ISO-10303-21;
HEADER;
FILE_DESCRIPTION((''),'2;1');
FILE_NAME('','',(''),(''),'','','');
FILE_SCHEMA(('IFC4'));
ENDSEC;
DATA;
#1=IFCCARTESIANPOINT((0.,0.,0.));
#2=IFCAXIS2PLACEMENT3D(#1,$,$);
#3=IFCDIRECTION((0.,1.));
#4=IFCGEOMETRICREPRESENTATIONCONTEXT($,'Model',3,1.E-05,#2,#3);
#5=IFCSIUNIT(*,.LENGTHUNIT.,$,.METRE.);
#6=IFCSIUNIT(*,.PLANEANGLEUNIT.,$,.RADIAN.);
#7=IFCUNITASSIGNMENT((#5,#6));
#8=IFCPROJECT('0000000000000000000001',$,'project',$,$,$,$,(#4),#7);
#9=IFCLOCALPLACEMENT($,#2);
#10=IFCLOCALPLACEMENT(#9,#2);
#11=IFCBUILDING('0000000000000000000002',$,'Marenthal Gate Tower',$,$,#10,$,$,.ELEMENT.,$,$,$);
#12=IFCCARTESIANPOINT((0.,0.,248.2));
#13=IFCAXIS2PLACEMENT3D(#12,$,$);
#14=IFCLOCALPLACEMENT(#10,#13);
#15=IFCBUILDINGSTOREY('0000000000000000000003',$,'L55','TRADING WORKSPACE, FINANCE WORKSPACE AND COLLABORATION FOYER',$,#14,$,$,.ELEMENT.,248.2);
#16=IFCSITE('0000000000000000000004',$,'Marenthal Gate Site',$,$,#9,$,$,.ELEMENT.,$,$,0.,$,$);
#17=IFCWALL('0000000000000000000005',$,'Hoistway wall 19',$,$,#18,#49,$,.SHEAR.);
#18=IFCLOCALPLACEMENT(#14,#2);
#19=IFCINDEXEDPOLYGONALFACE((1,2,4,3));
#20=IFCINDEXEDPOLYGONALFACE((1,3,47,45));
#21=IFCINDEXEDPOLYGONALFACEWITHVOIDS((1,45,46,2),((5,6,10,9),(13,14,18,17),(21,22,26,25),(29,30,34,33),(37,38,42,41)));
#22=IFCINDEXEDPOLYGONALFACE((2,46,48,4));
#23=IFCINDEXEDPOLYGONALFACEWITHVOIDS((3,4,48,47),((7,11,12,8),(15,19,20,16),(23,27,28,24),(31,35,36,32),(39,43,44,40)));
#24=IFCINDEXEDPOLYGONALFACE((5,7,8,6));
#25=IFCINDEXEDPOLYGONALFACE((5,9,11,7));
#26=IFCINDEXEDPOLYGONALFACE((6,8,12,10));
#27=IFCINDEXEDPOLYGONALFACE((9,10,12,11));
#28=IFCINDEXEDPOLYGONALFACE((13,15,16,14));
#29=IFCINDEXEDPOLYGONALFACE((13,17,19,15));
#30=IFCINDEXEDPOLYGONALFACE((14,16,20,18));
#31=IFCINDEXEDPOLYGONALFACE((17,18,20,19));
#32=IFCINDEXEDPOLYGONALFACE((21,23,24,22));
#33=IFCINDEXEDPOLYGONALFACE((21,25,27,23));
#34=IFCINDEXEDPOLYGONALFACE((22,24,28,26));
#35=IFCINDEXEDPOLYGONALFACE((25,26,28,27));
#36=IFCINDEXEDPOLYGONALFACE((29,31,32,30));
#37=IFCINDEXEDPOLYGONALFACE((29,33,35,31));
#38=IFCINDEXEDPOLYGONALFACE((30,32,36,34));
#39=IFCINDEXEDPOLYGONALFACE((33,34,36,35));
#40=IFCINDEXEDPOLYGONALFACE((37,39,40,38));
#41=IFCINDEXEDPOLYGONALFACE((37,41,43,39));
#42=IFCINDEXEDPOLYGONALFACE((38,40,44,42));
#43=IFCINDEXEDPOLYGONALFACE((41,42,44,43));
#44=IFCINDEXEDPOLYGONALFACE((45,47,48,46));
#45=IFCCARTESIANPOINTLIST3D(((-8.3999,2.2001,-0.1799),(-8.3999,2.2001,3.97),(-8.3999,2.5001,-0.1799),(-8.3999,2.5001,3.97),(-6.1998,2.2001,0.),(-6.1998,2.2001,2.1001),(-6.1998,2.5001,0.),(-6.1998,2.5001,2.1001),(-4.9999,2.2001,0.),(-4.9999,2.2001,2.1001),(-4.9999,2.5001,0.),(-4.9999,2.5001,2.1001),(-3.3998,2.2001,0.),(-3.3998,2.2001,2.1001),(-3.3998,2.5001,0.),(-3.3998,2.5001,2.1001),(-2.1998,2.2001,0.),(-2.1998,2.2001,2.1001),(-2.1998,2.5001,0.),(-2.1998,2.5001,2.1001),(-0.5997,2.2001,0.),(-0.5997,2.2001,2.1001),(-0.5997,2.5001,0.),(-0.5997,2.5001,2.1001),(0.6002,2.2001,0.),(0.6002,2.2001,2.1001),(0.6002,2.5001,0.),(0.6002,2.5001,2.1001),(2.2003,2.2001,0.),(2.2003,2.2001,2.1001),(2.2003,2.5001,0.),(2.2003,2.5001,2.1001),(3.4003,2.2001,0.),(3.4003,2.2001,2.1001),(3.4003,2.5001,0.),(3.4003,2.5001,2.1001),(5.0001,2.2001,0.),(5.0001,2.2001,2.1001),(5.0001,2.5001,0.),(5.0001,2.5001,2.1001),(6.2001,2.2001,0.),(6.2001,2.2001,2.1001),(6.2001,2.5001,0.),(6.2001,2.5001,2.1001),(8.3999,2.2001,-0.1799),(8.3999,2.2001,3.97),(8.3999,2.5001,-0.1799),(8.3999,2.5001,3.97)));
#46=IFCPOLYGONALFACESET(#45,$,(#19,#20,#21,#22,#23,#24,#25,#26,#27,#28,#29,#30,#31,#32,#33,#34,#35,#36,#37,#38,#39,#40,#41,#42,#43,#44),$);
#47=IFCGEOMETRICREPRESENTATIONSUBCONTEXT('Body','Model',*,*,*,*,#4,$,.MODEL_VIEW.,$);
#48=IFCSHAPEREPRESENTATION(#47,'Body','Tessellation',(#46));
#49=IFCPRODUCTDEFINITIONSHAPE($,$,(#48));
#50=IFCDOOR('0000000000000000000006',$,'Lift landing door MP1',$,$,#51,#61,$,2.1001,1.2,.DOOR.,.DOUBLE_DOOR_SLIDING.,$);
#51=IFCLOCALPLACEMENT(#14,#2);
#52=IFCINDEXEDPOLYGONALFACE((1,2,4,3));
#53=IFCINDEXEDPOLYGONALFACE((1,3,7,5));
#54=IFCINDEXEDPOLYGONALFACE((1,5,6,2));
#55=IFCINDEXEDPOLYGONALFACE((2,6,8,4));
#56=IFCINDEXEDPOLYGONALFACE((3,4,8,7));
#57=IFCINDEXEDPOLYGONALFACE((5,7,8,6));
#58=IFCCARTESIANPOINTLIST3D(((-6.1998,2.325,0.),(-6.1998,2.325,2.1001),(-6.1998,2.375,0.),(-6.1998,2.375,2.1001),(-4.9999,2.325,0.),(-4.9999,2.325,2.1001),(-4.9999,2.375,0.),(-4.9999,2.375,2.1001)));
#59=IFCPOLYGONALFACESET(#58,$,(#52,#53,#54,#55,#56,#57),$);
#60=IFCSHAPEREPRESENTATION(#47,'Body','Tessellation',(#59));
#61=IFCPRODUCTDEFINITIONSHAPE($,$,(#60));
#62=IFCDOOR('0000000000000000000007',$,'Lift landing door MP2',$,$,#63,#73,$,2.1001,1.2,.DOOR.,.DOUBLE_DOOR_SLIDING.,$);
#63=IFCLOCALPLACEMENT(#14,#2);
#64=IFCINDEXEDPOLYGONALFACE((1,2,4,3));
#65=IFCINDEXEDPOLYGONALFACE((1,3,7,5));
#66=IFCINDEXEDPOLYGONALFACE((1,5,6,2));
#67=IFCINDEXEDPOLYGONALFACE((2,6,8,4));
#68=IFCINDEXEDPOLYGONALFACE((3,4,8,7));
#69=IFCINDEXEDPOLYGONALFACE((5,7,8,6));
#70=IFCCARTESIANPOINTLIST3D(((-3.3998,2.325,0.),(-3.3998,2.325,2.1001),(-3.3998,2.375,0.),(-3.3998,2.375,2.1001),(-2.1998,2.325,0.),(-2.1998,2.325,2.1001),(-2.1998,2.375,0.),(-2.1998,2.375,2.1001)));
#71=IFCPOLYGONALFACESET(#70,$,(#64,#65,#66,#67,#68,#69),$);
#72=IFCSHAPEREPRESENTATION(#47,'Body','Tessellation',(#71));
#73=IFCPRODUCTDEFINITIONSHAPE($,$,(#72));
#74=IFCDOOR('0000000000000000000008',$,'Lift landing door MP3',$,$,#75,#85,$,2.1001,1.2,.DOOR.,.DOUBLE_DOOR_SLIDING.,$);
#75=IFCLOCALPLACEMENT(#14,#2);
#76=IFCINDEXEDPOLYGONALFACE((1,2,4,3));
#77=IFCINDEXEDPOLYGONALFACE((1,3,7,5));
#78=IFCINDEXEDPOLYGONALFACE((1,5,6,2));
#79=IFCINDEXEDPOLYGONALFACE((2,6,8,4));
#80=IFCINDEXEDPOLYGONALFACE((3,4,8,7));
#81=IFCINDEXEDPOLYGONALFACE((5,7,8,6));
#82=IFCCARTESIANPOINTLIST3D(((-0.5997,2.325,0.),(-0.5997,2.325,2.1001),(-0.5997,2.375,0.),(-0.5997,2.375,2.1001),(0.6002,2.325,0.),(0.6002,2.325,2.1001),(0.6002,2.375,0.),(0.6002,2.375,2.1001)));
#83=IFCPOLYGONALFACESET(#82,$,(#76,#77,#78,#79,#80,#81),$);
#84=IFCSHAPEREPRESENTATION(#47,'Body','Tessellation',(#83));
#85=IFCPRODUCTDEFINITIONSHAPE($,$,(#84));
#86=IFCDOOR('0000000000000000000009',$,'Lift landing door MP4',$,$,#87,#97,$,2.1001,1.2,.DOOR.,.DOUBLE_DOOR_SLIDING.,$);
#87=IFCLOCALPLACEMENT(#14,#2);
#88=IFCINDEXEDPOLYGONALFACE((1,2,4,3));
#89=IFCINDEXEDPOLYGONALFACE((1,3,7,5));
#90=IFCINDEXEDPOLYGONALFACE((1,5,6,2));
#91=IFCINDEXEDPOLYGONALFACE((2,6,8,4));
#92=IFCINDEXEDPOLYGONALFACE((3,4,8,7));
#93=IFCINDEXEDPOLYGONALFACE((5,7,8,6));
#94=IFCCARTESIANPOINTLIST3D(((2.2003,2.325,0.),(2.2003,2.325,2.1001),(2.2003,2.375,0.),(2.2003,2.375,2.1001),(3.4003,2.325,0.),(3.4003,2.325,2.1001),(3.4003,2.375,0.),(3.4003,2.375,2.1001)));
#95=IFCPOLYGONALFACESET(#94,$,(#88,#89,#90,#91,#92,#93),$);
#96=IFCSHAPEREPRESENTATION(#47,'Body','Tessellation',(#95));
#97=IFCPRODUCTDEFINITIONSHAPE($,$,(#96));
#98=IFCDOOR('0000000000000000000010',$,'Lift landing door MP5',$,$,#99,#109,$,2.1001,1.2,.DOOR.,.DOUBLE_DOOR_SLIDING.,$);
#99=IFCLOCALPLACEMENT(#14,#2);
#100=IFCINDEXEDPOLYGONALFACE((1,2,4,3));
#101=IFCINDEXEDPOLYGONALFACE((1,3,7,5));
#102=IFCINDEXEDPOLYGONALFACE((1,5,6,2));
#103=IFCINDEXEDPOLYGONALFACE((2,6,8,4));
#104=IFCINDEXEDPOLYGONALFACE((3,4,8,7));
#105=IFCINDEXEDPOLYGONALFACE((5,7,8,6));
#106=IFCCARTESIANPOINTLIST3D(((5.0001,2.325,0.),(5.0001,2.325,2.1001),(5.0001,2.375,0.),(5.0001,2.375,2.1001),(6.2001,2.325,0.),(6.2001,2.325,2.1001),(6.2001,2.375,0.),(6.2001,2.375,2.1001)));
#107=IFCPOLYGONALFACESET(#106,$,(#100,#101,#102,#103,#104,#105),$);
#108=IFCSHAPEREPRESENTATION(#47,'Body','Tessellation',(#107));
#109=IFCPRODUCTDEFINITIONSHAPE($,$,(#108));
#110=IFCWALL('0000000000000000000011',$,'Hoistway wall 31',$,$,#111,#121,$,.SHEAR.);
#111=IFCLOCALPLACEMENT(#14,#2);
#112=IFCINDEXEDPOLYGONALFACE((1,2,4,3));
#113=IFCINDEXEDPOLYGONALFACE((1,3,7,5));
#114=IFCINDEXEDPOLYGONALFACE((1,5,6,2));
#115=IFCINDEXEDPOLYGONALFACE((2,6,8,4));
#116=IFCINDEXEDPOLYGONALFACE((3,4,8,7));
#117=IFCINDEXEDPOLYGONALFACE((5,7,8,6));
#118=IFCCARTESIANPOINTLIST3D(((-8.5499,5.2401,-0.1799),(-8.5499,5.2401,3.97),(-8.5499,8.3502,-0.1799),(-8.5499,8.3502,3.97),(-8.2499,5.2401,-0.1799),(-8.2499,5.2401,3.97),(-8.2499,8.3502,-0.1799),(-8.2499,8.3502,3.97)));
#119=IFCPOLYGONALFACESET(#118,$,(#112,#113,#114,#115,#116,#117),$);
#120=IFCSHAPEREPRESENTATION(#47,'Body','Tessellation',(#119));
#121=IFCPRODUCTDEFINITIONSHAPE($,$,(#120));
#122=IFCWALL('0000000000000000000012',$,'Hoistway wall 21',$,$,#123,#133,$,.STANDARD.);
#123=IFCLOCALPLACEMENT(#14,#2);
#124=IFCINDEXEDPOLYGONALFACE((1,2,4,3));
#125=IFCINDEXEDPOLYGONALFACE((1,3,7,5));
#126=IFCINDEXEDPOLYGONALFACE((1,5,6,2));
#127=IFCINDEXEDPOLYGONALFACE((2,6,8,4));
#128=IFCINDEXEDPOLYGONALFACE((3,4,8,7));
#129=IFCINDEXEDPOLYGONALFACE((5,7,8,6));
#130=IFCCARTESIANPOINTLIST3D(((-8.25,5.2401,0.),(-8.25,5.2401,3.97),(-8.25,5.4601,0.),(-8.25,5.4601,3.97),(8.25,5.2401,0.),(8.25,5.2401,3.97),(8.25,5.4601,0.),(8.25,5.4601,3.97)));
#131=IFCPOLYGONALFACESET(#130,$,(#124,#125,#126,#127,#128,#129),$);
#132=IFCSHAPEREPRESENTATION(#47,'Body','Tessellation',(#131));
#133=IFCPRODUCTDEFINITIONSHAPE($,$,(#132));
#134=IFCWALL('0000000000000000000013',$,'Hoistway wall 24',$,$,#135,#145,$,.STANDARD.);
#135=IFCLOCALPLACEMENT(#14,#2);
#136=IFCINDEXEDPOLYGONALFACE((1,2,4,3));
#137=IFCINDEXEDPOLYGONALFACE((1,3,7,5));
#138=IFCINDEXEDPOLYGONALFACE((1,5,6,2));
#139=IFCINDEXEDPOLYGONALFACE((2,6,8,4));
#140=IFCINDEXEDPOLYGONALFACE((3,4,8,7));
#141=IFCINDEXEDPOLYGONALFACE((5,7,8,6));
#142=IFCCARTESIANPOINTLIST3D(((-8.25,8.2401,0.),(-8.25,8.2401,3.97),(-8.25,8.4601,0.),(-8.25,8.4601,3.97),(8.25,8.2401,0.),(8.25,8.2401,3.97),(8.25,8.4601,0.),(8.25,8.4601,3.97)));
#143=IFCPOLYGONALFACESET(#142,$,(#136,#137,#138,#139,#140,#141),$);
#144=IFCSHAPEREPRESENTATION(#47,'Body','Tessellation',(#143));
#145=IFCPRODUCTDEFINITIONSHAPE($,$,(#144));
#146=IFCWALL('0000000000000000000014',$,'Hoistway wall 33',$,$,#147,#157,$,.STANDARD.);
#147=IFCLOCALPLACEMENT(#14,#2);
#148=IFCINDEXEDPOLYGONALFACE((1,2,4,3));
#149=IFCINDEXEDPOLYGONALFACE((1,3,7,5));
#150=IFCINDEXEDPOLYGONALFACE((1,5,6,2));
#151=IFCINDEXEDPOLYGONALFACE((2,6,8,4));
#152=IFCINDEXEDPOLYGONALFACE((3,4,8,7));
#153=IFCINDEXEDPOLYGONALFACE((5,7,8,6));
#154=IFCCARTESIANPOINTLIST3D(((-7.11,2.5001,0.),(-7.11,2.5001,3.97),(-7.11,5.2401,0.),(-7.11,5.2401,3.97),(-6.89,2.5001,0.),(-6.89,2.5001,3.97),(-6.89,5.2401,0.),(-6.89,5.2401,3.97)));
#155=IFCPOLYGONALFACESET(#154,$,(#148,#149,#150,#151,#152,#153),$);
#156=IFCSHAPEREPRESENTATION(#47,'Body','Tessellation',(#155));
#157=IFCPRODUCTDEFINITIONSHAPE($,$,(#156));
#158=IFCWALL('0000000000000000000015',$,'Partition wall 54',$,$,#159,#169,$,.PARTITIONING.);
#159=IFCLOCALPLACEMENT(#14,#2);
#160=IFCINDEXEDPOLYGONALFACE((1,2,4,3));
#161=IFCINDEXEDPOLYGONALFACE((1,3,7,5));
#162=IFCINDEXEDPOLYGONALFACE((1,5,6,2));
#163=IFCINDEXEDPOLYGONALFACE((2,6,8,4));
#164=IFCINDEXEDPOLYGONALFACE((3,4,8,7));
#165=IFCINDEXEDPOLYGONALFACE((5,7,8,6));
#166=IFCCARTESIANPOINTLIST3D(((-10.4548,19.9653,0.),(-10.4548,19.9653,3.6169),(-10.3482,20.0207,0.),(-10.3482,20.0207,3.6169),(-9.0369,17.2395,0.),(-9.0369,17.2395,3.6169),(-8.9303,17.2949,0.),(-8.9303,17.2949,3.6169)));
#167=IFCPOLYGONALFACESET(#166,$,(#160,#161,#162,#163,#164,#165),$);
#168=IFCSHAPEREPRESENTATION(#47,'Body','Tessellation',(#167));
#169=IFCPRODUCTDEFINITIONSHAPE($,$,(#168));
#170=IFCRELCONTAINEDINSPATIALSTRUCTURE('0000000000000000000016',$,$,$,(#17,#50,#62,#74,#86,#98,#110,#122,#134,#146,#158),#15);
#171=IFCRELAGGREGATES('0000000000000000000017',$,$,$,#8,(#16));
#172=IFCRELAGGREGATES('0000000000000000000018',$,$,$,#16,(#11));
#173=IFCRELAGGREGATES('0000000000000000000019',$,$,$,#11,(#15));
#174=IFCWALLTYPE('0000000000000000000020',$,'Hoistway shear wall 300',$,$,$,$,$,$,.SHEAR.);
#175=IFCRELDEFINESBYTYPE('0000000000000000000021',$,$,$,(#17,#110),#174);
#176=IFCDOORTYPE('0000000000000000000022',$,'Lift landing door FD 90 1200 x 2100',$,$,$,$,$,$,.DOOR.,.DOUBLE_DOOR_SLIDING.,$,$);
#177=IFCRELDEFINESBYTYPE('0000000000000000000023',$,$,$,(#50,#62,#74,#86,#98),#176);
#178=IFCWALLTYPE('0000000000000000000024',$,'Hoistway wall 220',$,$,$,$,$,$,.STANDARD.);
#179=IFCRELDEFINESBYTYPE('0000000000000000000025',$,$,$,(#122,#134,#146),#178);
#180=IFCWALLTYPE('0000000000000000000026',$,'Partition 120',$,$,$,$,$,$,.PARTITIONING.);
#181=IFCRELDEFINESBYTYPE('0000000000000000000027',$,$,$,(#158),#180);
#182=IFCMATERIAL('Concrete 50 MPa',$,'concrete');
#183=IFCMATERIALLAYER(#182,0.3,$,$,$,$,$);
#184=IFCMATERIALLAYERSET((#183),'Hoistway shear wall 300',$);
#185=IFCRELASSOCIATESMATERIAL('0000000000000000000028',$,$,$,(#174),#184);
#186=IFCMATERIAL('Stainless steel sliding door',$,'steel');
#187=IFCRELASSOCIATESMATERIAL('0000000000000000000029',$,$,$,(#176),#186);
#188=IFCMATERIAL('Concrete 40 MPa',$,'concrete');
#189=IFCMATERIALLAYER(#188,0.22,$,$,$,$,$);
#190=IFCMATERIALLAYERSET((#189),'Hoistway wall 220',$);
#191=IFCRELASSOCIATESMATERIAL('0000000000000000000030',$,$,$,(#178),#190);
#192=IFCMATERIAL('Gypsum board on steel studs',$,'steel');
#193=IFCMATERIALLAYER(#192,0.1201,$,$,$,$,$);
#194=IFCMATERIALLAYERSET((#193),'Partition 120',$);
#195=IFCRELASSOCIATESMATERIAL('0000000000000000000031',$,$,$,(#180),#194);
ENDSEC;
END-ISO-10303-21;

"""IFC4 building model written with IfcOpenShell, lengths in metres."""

from ifc_helpers import new_model, si_unit, direction, frame, frame_2d, origin, place, context, subcontext, project, spatial, rectangle, extrude, material, layer, layer_set, type_object, element, fill, save


model = new_model("IFC4")

# Units and contexts
model_context = context("Model", 3, precision=1e-05, world=origin(), true_north=direction((0.0, 1.0)))
body_context = subcontext(model_context, "Body", "Model", "MODEL_VIEW")
ifc_project = project(units=[si_unit("LENGTHUNIT", "METRE"), si_unit("PLANEANGLEUNIT", "RADIAN")], contexts=[model_context])

# Site, building, storey
site_placement = place(None, origin())
site = spatial("IfcSite", under=ifc_project, at=site_placement, Name="Marenthal Gate Site", CompositionType="ELEMENT", RefElevation=0.0)
building_placement = place(site_placement, origin())
building = spatial("IfcBuilding", under=site, at=building_placement, Name="Marenthal Gate Tower", CompositionType="ELEMENT")
storey_placement = place(building_placement, frame((0.0, 0.0, 248.2)))
storey = spatial("IfcBuildingStorey", under=building, at=storey_placement, Name="L55", Description="TRADING WORKSPACE, FINANCE WORKSPACE AND COLLABORATION FOYER", CompositionType="ELEMENT", Elevation=248.2)

# Wall, openings, doors
ifc_material_1 = material(Name="Concrete 50 MPa", Category="concrete")
ifc_layer_1 = layer(ifc_material_1, 0.3)
ifc_layer_set_1 = layer_set([ifc_layer_1], Name="Hoistway shear wall 300")
wall_type_1 = type_object("IfcWallType", Name="Hoistway shear wall 300", PredefinedType="SHEAR", material=ifc_layer_set_1)
wall_1_placement = place(storey_placement, frame((-8.3999, 2.3501, -0.1799), z_axis=(0.0, 0.0, 1.0), x_axis=(1.0, 0.0, 0.0)))
wall_1 = element("IfcWall", 1, at=wall_1_placement, inside=storey, type_object=wall_type_1, Name="Hoistway wall 19", PredefinedType="SHEAR", context=body_context, shape_type="SweptSolid", body=[
    extrude(rectangle(XDim=16.7998, YDim=0.3, at=frame_2d((8.3999, 0.0))), origin(), (0.0, 0.0, 1.0), 4.1499),
])
opening_1_placement = place(wall_1_placement, frame((2.2, 0.0, 0.1799)))
opening_1 = element("IfcOpeningElement", 2, at=opening_1_placement, cuts=wall_1, PredefinedType="OPENING", context=body_context, shape_type="SweptSolid", body=[
    extrude(rectangle(XDim=1.2, YDim=2.1001, at=frame_2d((0.6001, 1.05))), frame((0.0, 0.1602, 0.0), z_axis=(0.0, -1.0, 0.0), x_axis=(1.0, 0.0, 0.0)), (0.0, 0.0, 1.0), 0.3201),
])
opening_2_placement = place(wall_1_placement, frame((5.0, 0.0, 0.1799)))
opening_2 = element("IfcOpeningElement", 3, at=opening_2_placement, cuts=wall_1, PredefinedType="OPENING", context=body_context, shape_type="SweptSolid", body=[
    extrude(rectangle(XDim=1.2, YDim=2.1001, at=frame_2d((0.6001, 1.05))), frame((0.0, 0.1602, 0.0), z_axis=(0.0, -1.0, 0.0), x_axis=(1.0, 0.0, 0.0)), (0.0, 0.0, 1.0), 0.3201),
])
opening_3_placement = place(wall_1_placement, frame((7.8, 0.0, 0.1799)))
opening_3 = element("IfcOpeningElement", 4, at=opening_3_placement, cuts=wall_1, PredefinedType="OPENING", context=body_context, shape_type="SweptSolid", body=[
    extrude(rectangle(XDim=1.2, YDim=2.1001, at=frame_2d((0.6001, 1.05))), frame((0.0, 0.1602, 0.0), z_axis=(0.0, -1.0, 0.0), x_axis=(1.0, 0.0, 0.0)), (0.0, 0.0, 1.0), 0.3201),
])
opening_4_placement = place(wall_1_placement, frame((10.6001, 0.0, 0.1799)))
opening_4 = element("IfcOpeningElement", 5, at=opening_4_placement, cuts=wall_1, PredefinedType="OPENING", context=body_context, shape_type="SweptSolid", body=[
    extrude(rectangle(XDim=1.2, YDim=2.1001, at=frame_2d((0.6001, 1.05))), frame((0.0, 0.1602, 0.0), z_axis=(0.0, -1.0, 0.0), x_axis=(1.0, 0.0, 0.0)), (0.0, 0.0, 1.0), 0.3201),
])
opening_5_placement = place(wall_1_placement, frame((13.3999, 0.0, 0.1799)))
opening_5 = element("IfcOpeningElement", 6, at=opening_5_placement, cuts=wall_1, PredefinedType="OPENING", context=body_context, shape_type="SweptSolid", body=[
    extrude(rectangle(XDim=1.2, YDim=2.1001, at=frame_2d((0.6001, 1.05))), frame((0.0, 0.1602, 0.0), z_axis=(0.0, -1.0, 0.0), x_axis=(1.0, 0.0, 0.0)), (0.0, 0.0, 1.0), 0.3201),
])
ifc_material_2 = material(Name="Stainless steel sliding door", Category="steel")
door_type = type_object("IfcDoorType", Name="Lift landing door FD 90 1200 x 2100", OperationType="DOUBLE_DOOR_SLIDING", PredefinedType="DOOR", material=ifc_material_2)
door_1_placement = place(opening_1_placement, origin())
door_1 = element("IfcDoor", 7, at=door_1_placement, inside=storey, type_object=door_type, Name="Lift landing door MP1", OperationType="DOUBLE_DOOR_SLIDING", OverallHeight=2.1001, OverallWidth=1.2, PredefinedType="DOOR", context=body_context, shape_type="SweptSolid", body=[
    extrude(rectangle(XDim=1.2, YDim=2.1001, at=frame_2d((0.6001, 1.05))), frame((0.0, 0.0249, 0.0), z_axis=(0.0, -1.0, 0.0), x_axis=(1.0, 0.0, 0.0)), (0.0, 0.0, 1.0), 0.05),
])
fill(opening_1, door_1)
door_2_placement = place(opening_2_placement, origin())
door_2 = element("IfcDoor", 8, at=door_2_placement, inside=storey, type_object=door_type, Name="Lift landing door MP2", OperationType="DOUBLE_DOOR_SLIDING", OverallHeight=2.1001, OverallWidth=1.2, PredefinedType="DOOR", context=body_context, shape_type="SweptSolid", body=[
    extrude(rectangle(XDim=1.2, YDim=2.1001, at=frame_2d((0.6001, 1.05))), frame((0.0, 0.0249, 0.0), z_axis=(0.0, -1.0, 0.0), x_axis=(1.0, 0.0, 0.0)), (0.0, 0.0, 1.0), 0.05),
])
fill(opening_2, door_2)
door_3_placement = place(opening_3_placement, origin())
door_3 = element("IfcDoor", 9, at=door_3_placement, inside=storey, type_object=door_type, Name="Lift landing door MP3", OperationType="DOUBLE_DOOR_SLIDING", OverallHeight=2.1001, OverallWidth=1.2, PredefinedType="DOOR", context=body_context, shape_type="SweptSolid", body=[
    extrude(rectangle(XDim=1.2, YDim=2.1001, at=frame_2d((0.6001, 1.05))), frame((0.0, 0.0249, 0.0), z_axis=(0.0, -1.0, 0.0), x_axis=(1.0, 0.0, 0.0)), (0.0, 0.0, 1.0), 0.05),
])
fill(opening_3, door_3)
door_4_placement = place(opening_4_placement, origin())
door_4 = element("IfcDoor", 10, at=door_4_placement, inside=storey, type_object=door_type, Name="Lift landing door MP4", OperationType="DOUBLE_DOOR_SLIDING", OverallHeight=2.1001, OverallWidth=1.2, PredefinedType="DOOR", context=body_context, shape_type="SweptSolid", body=[
    extrude(rectangle(XDim=1.2, YDim=2.1001, at=frame_2d((0.6001, 1.05))), frame((0.0, 0.0249, 0.0), z_axis=(0.0, -1.0, 0.0), x_axis=(1.0, 0.0, 0.0)), (0.0, 0.0, 1.0), 0.05),
])
fill(opening_4, door_4)
door_5_placement = place(opening_5_placement, origin())
door_5 = element("IfcDoor", 11, at=door_5_placement, inside=storey, type_object=door_type, Name="Lift landing door MP5", OperationType="DOUBLE_DOOR_SLIDING", OverallHeight=2.1001, OverallWidth=1.2, PredefinedType="DOOR", context=body_context, shape_type="SweptSolid", body=[
    extrude(rectangle(XDim=1.2, YDim=2.1001, at=frame_2d((0.6001, 1.05))), frame((0.0, 0.0249, 0.0), z_axis=(0.0, -1.0, 0.0), x_axis=(1.0, 0.0, 0.0)), (0.0, 0.0, 1.0), 0.05),
])
fill(opening_5, door_5)

# Walls
wall_2_placement = place(storey_placement, frame((-8.3999, 5.24, -0.1799), z_axis=(0.0, 0.0, 1.0), x_axis=(0.0, 1.0, 0.0)))
element("IfcWall", 12, at=wall_2_placement, inside=storey, type_object=wall_type_1, Name="Hoistway wall 31", PredefinedType="SHEAR", context=body_context, shape_type="SweptSolid", body=[
    extrude(rectangle(XDim=3.1101, YDim=0.3, at=frame_2d((1.5552, 0.0))), origin(), (0.0, 0.0, 1.0), 4.1499),
])
ifc_material_3 = material(Name="Concrete 40 MPa", Category="concrete")
ifc_layer_2 = layer(ifc_material_3, 0.22)
ifc_layer_set_2 = layer_set([ifc_layer_2], Name="Hoistway wall 220")
wall_type_2 = type_object("IfcWallType", Name="Hoistway wall 220", PredefinedType="STANDARD", material=ifc_layer_set_2)
for number, where, z_axis, x_axis, name in (
    (13, (-8.25, 5.3501, 0.0), (0.0, 0.0, 1.0), (1.0, 0.0, 0.0), "Hoistway wall 21"),
    (14, (-8.25, 8.3501, 0.0), (0.0, 0.0, 1.0), (1.0, 0.0, 0.0), "Hoistway wall 24"),
):
    element("IfcWall", number, at=place(storey_placement, frame(where, z_axis=z_axis, x_axis=x_axis)), inside=storey, type_object=wall_type_2, Name=name, PredefinedType="STANDARD", context=body_context, shape_type="SweptSolid", body=[
        extrude(rectangle(XDim=16.5, YDim=0.22, at=frame_2d((8.25, 0.0))), origin(), (0.0, 0.0, 1.0), 3.97),
    ])
wall_3_placement = place(storey_placement, frame((-7.0, 2.5, 0.0), z_axis=(0.0, 0.0, 1.0), x_axis=(0.0, 1.0, 0.0)))
element("IfcWall", 15, at=wall_3_placement, inside=storey, type_object=wall_type_2, Name="Hoistway wall 33", PredefinedType="STANDARD", context=body_context, shape_type="SweptSolid", body=[
    extrude(rectangle(XDim=2.74, YDim=0.22, at=frame_2d((1.3701, 0.0))), origin(), (0.0, 0.0, 1.0), 3.97),
])
ifc_material_4 = material(Name="Gypsum board on steel studs", Category="steel")
ifc_layer_3 = layer(ifc_material_4, 0.1201)
ifc_layer_set_3 = layer_set([ifc_layer_3], Name="Partition 120")
wall_type_3 = type_object("IfcWallType", Name="Partition 120", PredefinedType="PARTITIONING", material=ifc_layer_set_3)
wall_4_placement = place(storey_placement, frame((-8.9836, 17.2673, 0.0), z_axis=(0.0, 0.0, 1.0), x_axis=(-0.46149, 0.887145, 0.0)))
element("IfcWall", 16, at=wall_4_placement, inside=storey, type_object=wall_type_3, Name="Partition wall 54", PredefinedType="PARTITIONING", context=body_context, shape_type="SweptSolid", body=[
    extrude(rectangle(XDim=3.0725, YDim=0.1201, at=frame_2d((1.5361, 0.0))), origin(), (0.0, 0.0, 1.0), 3.6169),
])

save(model, "model.ifc")
